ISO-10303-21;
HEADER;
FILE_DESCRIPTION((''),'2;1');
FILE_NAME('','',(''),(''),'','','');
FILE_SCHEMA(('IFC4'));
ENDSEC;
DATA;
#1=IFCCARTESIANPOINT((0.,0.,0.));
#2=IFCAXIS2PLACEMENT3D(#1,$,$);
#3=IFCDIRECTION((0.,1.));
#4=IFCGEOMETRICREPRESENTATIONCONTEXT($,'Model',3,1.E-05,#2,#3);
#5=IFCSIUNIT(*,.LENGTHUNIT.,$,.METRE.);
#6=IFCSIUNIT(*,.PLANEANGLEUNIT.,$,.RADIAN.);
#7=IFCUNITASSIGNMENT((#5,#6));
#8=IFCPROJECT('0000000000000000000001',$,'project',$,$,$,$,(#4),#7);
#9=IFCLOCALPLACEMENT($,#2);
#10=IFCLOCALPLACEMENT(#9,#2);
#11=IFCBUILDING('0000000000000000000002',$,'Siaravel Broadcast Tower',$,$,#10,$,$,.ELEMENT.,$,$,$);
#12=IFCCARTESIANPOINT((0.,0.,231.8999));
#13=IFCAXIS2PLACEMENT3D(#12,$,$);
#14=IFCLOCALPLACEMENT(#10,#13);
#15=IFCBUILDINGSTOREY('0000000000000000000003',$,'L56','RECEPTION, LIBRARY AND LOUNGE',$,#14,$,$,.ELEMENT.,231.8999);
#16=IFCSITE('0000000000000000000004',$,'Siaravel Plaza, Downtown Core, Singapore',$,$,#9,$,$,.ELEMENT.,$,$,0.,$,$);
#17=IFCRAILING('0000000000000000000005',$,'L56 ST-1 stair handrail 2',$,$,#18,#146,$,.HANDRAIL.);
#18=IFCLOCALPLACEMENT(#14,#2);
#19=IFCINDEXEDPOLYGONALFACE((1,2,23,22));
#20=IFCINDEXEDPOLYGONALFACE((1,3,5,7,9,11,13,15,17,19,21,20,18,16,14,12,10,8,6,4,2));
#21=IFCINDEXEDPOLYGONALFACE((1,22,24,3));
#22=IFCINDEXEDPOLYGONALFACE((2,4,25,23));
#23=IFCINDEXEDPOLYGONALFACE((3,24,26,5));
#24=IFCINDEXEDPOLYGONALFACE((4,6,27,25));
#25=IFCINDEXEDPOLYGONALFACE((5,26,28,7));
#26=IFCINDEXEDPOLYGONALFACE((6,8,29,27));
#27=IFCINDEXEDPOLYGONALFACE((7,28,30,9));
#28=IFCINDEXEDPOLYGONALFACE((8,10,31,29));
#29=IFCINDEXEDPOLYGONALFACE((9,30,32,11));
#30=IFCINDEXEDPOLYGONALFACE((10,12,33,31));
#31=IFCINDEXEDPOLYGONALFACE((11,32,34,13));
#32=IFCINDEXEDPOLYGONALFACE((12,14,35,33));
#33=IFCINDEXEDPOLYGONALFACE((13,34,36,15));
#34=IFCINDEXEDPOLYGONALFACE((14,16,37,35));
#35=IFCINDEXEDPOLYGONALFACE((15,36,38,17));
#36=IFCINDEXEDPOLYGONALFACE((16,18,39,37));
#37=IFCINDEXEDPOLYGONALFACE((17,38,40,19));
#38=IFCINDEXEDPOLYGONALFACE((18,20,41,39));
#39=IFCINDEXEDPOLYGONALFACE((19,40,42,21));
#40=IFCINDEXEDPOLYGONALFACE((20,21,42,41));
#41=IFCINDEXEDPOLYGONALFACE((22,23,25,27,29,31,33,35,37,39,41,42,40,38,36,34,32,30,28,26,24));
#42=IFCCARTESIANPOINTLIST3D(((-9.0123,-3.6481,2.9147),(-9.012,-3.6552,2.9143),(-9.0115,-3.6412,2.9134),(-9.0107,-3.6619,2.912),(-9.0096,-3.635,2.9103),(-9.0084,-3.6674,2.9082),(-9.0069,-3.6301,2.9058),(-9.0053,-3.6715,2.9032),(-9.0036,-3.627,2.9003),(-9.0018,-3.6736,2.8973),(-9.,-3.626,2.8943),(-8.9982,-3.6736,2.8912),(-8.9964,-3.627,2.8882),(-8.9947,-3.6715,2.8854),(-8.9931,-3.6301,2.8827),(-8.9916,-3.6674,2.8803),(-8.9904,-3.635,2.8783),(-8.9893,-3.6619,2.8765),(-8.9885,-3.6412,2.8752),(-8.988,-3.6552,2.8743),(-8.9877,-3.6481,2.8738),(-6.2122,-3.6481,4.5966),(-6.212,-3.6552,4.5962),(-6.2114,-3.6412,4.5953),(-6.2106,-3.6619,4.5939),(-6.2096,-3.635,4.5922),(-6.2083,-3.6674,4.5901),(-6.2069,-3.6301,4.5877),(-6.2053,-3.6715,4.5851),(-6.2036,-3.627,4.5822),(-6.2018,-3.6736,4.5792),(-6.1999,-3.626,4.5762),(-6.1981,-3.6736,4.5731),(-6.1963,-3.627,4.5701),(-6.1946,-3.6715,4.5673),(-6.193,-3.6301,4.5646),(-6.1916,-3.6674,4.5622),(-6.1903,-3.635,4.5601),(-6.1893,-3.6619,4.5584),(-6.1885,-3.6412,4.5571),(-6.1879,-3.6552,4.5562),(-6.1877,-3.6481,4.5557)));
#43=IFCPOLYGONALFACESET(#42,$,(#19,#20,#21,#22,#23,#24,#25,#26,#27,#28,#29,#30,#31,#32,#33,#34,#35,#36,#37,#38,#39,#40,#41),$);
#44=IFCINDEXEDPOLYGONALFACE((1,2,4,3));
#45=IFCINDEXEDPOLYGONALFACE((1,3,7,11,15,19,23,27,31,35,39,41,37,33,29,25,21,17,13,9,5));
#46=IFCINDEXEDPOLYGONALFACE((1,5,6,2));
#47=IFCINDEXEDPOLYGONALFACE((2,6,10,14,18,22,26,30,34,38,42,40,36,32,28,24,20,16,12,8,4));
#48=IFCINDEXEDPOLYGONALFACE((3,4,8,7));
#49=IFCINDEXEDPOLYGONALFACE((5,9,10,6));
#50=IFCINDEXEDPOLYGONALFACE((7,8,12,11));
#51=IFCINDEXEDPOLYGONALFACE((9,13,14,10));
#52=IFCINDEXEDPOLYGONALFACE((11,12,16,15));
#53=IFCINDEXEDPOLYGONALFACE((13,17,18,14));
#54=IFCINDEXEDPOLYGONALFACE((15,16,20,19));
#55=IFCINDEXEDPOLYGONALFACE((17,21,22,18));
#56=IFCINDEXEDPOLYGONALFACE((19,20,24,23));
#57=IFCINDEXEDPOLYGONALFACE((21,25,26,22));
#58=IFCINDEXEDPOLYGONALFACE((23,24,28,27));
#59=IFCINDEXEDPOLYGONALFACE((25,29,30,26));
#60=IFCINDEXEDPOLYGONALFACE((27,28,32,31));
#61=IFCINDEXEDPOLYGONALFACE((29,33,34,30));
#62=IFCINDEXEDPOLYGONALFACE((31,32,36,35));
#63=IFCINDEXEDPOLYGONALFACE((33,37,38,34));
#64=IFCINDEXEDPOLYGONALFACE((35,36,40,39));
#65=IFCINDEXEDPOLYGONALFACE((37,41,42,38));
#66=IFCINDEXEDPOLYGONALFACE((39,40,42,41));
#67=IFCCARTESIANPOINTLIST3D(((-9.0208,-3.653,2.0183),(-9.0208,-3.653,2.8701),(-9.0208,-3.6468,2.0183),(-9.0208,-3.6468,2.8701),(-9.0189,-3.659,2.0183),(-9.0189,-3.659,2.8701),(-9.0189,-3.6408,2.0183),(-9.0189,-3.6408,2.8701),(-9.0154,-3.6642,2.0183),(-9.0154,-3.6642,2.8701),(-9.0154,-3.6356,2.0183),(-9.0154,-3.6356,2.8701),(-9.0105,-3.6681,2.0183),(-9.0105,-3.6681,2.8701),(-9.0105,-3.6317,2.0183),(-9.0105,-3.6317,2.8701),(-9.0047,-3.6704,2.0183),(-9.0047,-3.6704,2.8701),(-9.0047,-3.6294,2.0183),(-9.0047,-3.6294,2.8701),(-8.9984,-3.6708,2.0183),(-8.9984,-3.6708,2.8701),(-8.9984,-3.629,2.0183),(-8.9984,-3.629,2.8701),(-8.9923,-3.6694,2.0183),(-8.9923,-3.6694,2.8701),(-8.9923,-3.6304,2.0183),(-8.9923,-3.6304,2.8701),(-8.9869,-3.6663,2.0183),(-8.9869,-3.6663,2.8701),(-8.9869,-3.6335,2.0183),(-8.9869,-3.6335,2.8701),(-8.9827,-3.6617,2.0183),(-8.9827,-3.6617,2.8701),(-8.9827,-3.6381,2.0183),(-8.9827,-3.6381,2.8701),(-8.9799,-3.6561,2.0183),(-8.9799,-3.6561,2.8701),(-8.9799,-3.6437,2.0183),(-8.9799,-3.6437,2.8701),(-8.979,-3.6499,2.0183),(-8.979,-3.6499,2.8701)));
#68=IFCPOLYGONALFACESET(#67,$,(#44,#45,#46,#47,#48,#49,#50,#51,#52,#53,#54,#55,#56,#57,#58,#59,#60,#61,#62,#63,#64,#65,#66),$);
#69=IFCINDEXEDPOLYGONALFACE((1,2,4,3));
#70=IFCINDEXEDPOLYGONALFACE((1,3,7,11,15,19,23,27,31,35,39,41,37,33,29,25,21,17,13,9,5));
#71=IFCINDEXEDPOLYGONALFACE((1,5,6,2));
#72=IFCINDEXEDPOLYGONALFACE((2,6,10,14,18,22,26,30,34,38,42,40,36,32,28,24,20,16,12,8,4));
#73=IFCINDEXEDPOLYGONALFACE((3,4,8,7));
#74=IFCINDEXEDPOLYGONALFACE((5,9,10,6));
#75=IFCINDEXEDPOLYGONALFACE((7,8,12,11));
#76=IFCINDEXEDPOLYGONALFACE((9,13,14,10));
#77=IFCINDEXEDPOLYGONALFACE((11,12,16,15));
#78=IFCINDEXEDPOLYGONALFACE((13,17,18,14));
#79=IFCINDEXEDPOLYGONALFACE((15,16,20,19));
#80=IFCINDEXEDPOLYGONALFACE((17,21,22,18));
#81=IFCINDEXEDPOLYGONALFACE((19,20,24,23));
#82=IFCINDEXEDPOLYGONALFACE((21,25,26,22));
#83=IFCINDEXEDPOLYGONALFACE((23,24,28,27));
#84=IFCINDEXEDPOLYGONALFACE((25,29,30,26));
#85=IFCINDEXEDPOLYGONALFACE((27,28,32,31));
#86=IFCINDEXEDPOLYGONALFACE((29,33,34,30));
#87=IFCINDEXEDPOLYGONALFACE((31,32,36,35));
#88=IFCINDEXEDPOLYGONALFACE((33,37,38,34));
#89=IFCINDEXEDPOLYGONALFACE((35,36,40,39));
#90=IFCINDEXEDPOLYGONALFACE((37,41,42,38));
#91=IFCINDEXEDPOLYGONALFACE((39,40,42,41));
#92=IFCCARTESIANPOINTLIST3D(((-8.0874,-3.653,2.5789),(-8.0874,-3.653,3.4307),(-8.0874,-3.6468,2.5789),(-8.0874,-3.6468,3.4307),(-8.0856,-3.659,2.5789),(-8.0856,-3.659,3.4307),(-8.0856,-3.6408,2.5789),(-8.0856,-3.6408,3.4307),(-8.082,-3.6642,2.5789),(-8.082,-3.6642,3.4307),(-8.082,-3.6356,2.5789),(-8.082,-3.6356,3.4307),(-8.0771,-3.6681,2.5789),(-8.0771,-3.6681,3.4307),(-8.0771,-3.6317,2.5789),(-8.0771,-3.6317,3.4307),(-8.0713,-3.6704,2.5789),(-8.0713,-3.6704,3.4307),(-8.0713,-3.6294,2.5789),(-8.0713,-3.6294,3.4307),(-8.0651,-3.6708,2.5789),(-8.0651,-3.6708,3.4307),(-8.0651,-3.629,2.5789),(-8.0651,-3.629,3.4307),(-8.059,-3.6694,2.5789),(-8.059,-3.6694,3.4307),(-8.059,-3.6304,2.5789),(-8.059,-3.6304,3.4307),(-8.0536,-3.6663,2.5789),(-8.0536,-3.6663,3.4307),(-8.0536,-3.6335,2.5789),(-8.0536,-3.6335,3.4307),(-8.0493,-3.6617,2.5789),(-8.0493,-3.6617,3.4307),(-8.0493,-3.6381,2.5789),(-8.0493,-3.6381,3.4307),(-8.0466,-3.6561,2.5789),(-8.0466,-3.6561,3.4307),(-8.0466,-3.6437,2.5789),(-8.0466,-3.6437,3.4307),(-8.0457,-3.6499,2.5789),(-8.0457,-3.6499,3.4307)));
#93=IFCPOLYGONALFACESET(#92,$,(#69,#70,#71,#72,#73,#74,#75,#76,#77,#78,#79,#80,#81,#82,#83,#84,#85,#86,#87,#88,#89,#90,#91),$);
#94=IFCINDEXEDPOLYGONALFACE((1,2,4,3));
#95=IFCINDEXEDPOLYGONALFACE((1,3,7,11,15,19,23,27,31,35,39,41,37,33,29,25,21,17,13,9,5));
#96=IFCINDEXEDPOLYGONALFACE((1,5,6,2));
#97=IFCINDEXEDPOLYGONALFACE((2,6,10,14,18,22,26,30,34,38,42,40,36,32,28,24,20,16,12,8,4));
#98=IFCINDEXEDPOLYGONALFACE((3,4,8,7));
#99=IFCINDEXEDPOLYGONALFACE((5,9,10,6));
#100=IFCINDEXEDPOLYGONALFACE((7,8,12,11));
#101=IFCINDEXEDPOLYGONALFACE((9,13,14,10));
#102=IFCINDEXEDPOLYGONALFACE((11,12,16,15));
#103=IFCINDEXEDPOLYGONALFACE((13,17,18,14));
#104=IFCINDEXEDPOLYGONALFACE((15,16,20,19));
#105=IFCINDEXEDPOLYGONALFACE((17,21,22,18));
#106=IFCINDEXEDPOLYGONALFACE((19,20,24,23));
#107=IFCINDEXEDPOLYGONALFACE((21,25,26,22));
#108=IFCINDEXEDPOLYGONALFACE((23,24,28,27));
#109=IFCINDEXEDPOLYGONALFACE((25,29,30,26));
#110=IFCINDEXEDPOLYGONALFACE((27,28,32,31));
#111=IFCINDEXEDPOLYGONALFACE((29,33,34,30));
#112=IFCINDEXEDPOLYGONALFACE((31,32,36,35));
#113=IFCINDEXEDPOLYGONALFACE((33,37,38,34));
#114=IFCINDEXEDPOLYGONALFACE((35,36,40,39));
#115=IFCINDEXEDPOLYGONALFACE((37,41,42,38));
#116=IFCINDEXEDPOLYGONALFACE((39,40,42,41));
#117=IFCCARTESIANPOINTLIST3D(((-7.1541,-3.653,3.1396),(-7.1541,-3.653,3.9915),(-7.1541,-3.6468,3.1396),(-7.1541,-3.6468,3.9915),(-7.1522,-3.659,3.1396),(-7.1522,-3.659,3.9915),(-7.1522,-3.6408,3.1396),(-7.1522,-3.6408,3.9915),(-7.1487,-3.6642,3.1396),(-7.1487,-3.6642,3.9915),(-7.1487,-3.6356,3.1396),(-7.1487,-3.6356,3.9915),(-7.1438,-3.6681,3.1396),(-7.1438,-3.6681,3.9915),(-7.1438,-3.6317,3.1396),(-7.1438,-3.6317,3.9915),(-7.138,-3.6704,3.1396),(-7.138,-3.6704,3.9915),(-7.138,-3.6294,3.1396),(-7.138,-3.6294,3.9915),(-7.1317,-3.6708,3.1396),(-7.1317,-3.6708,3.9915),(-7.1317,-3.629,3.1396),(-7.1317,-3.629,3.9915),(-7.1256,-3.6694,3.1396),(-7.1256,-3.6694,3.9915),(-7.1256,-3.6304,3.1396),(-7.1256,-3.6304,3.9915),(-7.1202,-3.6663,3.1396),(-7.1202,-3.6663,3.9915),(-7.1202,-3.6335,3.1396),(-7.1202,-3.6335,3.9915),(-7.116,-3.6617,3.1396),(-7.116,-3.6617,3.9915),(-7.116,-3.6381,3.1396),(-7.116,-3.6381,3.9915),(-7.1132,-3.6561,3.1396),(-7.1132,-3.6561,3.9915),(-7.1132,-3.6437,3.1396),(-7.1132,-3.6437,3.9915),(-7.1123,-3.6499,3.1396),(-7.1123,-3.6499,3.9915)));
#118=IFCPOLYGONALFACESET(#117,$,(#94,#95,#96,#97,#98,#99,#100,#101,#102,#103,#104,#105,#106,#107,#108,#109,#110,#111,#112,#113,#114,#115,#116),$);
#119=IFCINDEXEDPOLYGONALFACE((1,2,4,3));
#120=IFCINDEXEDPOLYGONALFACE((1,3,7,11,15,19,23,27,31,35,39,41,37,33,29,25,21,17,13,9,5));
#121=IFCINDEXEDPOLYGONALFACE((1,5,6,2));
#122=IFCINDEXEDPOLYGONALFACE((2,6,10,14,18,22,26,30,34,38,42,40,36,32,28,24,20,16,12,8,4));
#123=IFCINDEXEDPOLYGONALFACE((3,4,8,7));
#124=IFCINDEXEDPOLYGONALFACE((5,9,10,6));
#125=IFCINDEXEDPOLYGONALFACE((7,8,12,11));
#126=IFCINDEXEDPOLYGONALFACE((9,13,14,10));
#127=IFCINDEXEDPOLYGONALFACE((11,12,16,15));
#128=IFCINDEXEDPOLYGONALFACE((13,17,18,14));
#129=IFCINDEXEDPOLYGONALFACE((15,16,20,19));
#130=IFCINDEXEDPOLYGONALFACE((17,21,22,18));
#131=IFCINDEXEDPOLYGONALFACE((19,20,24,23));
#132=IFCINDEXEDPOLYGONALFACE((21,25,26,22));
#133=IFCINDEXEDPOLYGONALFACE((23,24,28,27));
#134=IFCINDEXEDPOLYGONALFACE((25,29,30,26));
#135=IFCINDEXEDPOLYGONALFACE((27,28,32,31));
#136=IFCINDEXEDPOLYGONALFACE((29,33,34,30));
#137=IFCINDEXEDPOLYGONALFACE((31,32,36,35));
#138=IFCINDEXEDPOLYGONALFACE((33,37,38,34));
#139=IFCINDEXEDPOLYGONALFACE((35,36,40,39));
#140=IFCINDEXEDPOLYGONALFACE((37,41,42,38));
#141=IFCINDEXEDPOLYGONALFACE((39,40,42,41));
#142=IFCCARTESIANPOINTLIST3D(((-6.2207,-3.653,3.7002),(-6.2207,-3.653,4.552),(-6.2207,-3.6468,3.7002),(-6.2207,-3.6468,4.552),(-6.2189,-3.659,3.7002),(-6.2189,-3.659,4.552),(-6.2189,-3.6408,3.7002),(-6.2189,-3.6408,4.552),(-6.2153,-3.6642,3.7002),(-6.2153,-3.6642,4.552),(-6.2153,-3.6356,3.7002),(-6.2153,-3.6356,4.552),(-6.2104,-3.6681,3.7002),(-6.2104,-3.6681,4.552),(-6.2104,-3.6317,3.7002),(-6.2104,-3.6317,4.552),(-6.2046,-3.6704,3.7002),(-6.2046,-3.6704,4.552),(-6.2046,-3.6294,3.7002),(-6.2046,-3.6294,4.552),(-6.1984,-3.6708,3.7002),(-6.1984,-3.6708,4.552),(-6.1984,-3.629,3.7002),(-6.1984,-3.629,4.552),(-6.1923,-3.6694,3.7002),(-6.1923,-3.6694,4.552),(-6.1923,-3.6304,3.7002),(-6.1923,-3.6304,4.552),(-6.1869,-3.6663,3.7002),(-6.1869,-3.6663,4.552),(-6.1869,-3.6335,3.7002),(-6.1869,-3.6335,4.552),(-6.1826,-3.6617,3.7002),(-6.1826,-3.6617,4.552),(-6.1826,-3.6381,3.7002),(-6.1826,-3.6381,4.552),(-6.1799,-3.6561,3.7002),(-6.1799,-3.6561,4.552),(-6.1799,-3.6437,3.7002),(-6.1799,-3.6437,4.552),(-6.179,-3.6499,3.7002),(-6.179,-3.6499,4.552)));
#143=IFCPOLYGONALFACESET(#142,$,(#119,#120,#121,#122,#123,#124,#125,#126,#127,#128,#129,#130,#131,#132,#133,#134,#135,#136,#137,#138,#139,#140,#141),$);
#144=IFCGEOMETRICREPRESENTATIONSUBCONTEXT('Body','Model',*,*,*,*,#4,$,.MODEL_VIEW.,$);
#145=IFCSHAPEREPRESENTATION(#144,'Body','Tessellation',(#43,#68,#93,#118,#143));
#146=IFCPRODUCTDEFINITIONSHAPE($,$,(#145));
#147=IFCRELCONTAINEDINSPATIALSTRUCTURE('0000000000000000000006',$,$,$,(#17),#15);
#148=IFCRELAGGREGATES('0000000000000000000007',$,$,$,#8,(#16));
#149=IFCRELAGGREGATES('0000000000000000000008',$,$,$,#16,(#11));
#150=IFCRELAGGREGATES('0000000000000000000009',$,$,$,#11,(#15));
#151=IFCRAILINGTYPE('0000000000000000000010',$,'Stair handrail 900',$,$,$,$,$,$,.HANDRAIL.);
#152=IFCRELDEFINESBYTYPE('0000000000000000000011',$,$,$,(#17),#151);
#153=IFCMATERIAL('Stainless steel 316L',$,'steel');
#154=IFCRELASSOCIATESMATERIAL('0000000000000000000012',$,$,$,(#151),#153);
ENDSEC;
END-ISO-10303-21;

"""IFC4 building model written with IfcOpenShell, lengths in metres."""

from ifc_helpers import new_model, si_unit, direction, frame, origin, origin_2d, place, context, subcontext, project, spatial, circle, extrude, material, type_object, element, save


model = new_model("IFC4")

# Units and contexts
model_context = context("Model", 3, precision=1e-05, world=origin(), true_north=direction((0.0, 1.0)))
body_context = subcontext(model_context, "Body", "Model", "MODEL_VIEW")
ifc_project = project(units=[si_unit("LENGTHUNIT", "METRE"), si_unit("PLANEANGLEUNIT", "RADIAN")], contexts=[model_context])

# Site, building, storey
site_placement = place(None, origin())
site = spatial("IfcSite", under=ifc_project, at=site_placement, Name="Siaravel Plaza, Downtown Core, Singapore", CompositionType="ELEMENT", RefElevation=0.0)
building_placement = place(site_placement, origin())
building = spatial("IfcBuilding", under=site, at=building_placement, Name="Siaravel Broadcast Tower", CompositionType="ELEMENT")
storey_placement = place(building_placement, frame((0.0, 0.0, 231.8999)))
storey = spatial("IfcBuildingStorey", under=building, at=storey_placement, Name="L56", Description="RECEPTION, LIBRARY AND LOUNGE", CompositionType="ELEMENT", Elevation=231.8999)

# Shared definitions
ifc_material_1 = material(Name="Stainless steel 316L", Category="steel")

# Railing
railing_type_1 = type_object("IfcRailingType", Name="Stair handrail 900", PredefinedType="HANDRAIL", material=ifc_material_1)
railing_1_placement = place(storey_placement, frame((-9.0, -3.6499, 2.0183)))
element("IfcRailing", 1, at=railing_1_placement, inside=storey, type_object=railing_type_1, Name="L56 ST-1 stair handrail 2", PredefinedType="HANDRAIL", context=body_context, shape_type="SweptSolid", body=[
    extrude(circle(Radius=0.0239, at=origin_2d()), frame((0.0, 0.0, 0.876), z_axis=(0.857242, 0.0, 0.514913), x_axis=(0.0, 1.0, 0.0)), (0.0, 0.0, 1.0), 3.2664),
    extrude(circle(Radius=0.021, at=origin_2d()), origin(), (0.0, 0.0, 1.0), 0.8518),
    extrude(circle(Radius=0.021, at=origin_2d()), frame((0.9333, 0.0, 0.5605)), (0.0, 0.0, 1.0), 0.8518),
    extrude(circle(Radius=0.021, at=origin_2d()), frame((1.8667, 0.0, 1.1213)), (0.0, 0.0, 1.0), 0.8518),
    extrude(circle(Radius=0.021, at=origin_2d()), frame((2.8, 0.0, 1.6819)), (0.0, 0.0, 1.0), 0.8518),
])

save(model, "model.ifc")
